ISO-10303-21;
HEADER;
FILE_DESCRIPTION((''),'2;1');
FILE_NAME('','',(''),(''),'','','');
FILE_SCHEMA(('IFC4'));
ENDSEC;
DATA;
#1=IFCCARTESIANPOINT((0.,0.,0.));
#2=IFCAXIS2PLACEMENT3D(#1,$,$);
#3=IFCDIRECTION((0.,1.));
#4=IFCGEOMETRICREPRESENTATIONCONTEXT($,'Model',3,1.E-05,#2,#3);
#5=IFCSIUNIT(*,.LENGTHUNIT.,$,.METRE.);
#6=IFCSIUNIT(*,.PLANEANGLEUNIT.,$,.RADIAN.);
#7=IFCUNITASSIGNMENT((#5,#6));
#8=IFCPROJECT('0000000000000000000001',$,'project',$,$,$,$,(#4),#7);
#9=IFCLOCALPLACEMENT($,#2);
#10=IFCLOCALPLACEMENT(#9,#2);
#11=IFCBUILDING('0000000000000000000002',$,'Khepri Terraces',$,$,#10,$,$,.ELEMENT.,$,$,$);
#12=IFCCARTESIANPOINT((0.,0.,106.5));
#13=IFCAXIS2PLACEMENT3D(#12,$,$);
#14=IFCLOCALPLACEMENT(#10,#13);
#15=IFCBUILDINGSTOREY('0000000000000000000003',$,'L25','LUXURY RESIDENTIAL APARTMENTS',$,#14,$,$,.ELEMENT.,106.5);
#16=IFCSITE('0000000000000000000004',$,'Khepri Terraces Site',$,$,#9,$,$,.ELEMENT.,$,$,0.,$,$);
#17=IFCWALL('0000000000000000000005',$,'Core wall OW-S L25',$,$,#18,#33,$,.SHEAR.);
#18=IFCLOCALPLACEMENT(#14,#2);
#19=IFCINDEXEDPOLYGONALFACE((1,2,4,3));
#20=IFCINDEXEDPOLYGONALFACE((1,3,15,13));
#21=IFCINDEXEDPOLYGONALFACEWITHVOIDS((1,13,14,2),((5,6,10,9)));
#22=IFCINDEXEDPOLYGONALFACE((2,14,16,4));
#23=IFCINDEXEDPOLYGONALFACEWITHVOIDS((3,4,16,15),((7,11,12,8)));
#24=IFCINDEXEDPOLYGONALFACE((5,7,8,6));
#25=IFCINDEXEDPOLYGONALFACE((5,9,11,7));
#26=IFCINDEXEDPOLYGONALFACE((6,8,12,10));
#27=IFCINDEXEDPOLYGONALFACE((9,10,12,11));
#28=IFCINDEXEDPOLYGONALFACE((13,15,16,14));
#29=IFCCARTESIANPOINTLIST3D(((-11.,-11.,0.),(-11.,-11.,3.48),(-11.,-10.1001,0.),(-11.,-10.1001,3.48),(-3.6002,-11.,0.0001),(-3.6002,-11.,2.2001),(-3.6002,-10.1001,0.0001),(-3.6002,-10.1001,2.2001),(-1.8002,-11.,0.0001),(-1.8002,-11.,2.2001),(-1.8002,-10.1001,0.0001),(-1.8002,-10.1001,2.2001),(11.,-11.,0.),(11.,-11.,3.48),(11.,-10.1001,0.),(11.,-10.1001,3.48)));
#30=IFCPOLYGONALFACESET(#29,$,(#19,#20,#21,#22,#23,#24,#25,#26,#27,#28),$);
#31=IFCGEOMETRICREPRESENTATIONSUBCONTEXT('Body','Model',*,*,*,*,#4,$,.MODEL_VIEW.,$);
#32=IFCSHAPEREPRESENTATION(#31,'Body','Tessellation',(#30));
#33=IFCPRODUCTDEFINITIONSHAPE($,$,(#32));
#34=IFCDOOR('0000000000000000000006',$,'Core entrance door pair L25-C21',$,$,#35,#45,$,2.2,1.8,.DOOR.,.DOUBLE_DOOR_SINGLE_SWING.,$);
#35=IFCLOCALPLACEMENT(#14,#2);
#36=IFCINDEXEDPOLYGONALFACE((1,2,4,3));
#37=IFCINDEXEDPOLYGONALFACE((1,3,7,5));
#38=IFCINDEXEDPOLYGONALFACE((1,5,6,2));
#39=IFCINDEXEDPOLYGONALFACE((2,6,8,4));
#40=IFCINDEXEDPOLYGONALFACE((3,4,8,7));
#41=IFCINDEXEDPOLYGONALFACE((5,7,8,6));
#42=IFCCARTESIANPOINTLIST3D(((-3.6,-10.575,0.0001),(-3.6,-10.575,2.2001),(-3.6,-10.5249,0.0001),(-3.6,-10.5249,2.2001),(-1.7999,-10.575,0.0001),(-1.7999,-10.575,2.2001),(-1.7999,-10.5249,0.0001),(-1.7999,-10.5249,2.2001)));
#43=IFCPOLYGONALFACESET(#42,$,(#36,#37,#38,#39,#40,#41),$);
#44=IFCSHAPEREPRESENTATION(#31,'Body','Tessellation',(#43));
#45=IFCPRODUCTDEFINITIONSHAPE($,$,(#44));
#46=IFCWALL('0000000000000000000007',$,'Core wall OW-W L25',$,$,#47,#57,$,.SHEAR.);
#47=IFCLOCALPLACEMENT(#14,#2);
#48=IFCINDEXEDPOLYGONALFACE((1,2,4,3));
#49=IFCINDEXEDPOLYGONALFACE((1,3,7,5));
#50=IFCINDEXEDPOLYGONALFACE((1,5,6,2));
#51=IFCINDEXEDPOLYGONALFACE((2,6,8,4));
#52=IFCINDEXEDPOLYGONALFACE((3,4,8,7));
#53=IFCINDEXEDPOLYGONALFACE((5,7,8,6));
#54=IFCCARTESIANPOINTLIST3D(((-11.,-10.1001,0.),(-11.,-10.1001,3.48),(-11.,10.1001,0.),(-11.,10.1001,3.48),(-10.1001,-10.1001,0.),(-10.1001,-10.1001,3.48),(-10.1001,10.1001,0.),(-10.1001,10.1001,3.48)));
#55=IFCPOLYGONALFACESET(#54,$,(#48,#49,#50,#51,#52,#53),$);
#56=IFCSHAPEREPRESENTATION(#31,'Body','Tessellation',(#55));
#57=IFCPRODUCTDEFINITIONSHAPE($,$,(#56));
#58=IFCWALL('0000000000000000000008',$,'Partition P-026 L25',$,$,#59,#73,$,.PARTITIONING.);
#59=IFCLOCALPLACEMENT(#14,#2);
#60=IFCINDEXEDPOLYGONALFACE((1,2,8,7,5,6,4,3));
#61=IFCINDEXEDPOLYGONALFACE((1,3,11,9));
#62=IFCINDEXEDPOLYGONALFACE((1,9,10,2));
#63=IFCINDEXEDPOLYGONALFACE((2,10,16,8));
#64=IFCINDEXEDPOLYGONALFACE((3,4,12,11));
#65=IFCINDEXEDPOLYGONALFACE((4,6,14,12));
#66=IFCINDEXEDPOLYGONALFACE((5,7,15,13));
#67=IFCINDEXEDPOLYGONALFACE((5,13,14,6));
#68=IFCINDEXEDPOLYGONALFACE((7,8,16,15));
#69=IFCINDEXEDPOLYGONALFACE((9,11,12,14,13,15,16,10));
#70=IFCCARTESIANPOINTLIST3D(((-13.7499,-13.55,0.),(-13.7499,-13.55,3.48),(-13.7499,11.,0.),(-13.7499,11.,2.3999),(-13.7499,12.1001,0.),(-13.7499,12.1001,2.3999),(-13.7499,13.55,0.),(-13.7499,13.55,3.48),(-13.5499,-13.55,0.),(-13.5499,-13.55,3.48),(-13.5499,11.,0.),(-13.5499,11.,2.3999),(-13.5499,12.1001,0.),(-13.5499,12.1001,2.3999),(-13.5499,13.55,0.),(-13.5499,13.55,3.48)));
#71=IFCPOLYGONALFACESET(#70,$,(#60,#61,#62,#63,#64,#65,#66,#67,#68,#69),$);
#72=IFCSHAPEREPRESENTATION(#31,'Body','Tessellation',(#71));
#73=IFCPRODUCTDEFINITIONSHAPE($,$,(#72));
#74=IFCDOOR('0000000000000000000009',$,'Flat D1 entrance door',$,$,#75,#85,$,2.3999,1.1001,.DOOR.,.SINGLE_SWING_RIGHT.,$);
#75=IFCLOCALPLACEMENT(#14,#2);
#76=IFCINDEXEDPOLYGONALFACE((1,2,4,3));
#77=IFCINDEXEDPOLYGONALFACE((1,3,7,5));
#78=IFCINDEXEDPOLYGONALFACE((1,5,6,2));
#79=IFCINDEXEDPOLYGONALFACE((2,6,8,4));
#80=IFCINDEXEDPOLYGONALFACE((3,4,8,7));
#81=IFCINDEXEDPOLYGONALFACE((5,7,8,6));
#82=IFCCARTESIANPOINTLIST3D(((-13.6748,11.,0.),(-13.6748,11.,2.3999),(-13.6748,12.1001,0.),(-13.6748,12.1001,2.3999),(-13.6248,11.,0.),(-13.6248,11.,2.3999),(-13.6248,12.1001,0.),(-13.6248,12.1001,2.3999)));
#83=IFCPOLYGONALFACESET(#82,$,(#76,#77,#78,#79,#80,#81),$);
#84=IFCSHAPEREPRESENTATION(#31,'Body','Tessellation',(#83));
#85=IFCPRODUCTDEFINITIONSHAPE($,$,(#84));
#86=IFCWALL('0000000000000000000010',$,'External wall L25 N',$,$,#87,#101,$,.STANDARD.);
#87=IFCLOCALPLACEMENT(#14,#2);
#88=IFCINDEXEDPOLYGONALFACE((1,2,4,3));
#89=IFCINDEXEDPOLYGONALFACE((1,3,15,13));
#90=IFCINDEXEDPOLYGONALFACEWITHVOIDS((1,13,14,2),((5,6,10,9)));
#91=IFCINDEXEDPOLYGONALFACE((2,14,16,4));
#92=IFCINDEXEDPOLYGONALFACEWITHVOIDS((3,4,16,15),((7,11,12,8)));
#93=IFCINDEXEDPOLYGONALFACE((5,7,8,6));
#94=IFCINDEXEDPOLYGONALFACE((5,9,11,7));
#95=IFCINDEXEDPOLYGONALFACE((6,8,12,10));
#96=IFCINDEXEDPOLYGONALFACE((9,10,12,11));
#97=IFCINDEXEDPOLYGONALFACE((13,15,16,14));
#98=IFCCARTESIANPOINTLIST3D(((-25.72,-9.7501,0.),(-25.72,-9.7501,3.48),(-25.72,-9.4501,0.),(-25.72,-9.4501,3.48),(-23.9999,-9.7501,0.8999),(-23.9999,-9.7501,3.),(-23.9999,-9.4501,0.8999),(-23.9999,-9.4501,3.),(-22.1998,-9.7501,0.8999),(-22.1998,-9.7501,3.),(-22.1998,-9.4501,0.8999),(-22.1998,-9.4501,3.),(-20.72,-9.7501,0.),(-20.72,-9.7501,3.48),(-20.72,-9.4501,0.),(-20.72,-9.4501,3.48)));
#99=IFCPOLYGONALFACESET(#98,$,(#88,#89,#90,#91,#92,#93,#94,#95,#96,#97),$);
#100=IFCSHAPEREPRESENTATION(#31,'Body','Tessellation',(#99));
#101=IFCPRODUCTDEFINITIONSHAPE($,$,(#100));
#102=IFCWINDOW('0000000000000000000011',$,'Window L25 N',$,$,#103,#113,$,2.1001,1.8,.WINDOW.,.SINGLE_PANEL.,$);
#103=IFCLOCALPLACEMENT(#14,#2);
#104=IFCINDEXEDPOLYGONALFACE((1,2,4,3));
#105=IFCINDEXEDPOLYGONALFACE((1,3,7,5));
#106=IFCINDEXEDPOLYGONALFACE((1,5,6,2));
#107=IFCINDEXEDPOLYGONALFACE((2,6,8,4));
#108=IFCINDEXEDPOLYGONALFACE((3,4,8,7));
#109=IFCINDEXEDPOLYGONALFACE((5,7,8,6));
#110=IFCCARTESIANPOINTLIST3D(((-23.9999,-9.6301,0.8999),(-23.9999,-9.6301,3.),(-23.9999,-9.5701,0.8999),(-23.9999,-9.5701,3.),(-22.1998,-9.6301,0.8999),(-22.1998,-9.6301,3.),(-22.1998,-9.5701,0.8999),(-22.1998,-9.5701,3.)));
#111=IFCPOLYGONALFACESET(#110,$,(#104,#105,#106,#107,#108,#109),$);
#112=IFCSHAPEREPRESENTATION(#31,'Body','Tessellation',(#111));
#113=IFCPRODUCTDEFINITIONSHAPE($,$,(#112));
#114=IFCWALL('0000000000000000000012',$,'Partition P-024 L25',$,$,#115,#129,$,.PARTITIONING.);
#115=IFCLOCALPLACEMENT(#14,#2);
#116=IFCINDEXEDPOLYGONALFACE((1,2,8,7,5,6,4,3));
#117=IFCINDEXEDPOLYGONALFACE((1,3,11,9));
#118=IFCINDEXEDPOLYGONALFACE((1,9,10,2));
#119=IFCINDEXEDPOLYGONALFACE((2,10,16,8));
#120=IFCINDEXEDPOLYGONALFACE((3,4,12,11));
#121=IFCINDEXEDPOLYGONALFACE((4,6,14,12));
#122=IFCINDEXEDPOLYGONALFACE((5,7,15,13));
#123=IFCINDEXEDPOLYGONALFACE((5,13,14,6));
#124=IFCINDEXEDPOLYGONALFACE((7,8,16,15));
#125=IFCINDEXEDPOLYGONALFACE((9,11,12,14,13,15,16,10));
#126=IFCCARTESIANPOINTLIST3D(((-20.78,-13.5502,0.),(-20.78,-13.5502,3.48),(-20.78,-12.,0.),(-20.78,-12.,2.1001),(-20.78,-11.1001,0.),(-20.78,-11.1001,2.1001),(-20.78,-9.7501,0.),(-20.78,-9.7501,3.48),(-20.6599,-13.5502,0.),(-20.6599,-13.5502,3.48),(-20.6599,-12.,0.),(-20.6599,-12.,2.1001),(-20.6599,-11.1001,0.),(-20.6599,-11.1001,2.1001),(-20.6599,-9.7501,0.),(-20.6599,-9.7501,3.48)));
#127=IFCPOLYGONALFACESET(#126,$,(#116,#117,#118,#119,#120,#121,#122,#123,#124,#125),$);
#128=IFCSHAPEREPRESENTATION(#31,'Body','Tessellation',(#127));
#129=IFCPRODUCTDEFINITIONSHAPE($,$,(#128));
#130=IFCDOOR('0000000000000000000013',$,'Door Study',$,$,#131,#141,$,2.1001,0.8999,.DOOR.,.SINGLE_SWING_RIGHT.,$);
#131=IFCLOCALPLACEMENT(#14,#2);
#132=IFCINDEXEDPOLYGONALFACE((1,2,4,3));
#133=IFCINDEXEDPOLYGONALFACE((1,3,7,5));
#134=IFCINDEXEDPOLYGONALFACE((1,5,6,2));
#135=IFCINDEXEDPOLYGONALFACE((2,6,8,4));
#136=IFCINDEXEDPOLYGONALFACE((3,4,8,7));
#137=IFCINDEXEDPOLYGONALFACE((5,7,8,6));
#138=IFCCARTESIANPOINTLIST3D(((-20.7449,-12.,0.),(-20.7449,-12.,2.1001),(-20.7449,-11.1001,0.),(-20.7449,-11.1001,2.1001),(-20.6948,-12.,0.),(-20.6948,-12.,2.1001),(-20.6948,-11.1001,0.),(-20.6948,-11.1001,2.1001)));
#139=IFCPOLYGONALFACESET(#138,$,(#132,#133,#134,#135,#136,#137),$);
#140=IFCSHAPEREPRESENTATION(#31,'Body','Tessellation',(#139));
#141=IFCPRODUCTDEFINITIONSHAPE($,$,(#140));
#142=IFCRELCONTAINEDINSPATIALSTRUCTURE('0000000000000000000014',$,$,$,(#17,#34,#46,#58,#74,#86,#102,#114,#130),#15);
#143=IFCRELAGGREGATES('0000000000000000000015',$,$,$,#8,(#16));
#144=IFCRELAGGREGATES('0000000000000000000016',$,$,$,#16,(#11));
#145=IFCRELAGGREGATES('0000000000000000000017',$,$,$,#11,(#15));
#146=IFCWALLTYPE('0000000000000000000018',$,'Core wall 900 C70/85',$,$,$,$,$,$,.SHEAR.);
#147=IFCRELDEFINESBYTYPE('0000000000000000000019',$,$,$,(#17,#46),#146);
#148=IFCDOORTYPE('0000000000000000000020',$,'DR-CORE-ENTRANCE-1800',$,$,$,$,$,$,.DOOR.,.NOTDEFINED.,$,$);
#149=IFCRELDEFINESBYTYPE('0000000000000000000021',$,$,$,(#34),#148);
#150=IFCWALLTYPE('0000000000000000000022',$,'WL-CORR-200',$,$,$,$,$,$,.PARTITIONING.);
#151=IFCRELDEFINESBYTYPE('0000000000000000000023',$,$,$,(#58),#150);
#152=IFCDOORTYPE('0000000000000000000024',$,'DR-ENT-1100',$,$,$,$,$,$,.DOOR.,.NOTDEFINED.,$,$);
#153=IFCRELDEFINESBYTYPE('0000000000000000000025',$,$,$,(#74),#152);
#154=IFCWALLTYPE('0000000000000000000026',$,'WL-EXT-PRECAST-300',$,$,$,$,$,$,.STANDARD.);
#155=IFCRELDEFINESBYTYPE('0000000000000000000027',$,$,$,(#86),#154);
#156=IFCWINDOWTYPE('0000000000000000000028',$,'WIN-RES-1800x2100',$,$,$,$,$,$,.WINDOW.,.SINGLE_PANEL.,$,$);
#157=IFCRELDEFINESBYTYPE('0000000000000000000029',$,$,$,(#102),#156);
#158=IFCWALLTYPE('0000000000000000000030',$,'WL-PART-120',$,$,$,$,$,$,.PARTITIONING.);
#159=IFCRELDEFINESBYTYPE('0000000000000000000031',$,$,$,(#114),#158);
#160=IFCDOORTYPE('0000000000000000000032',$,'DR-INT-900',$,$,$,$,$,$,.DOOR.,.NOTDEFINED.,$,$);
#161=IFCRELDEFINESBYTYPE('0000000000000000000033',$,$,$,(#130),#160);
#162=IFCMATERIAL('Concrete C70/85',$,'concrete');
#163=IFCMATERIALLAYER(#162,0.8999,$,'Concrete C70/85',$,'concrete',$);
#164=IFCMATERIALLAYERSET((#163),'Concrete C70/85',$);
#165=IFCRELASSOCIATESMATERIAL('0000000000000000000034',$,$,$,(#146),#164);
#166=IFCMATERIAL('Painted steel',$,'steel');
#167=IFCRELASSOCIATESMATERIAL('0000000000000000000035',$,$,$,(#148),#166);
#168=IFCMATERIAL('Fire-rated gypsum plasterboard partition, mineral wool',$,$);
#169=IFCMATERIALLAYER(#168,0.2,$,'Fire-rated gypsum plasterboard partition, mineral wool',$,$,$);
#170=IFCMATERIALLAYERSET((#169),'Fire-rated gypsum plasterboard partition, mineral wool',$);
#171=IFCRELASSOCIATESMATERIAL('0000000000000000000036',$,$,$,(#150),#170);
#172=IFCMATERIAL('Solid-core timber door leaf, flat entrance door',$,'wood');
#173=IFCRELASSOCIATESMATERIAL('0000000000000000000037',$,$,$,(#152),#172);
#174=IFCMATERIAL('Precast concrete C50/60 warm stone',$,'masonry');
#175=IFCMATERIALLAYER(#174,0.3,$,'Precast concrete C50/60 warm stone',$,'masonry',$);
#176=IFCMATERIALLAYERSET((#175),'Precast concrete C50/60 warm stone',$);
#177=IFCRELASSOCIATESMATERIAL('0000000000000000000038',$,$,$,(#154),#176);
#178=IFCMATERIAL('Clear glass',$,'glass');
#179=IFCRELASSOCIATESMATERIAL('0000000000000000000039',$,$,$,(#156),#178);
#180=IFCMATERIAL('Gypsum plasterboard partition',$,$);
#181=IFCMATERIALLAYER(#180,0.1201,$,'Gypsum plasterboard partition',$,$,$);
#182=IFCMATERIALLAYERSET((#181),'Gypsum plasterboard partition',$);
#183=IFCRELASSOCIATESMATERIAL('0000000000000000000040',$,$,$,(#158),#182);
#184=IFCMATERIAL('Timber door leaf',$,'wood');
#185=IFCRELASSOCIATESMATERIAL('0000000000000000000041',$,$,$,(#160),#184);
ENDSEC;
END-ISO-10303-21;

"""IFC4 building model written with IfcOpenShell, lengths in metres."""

from ifc_helpers import new_model, si_unit, direction, frame, frame_2d, origin, place, context, subcontext, project, spatial, rectangle, extrude, material, layer, layer_set, type_object, element, fill, save


model = new_model("IFC4")

# Units and contexts
model_context = context("Model", 3, precision=1e-05, world=origin(), true_north=direction((0.0, 1.0)))
body_context = subcontext(model_context, "Body", "Model", "MODEL_VIEW")
ifc_project = project(units=[si_unit("LENGTHUNIT", "METRE"), si_unit("PLANEANGLEUNIT", "RADIAN")], contexts=[model_context])

# Site, building, storey
site_placement = place(None, origin())
site = spatial("IfcSite", under=ifc_project, at=site_placement, Name="Khepri Terraces Site", CompositionType="ELEMENT", RefElevation=0.0)
building_placement = place(site_placement, origin())
building = spatial("IfcBuilding", under=site, at=building_placement, Name="Khepri Terraces", CompositionType="ELEMENT")
storey_placement = place(building_placement, frame((0.0, 0.0, 106.5)))
storey = spatial("IfcBuildingStorey", under=building, at=storey_placement, Name="L25", Description="LUXURY RESIDENTIAL APARTMENTS", CompositionType="ELEMENT", Elevation=106.5)

# Wall, opening, door
ifc_material_1 = material(Name="Concrete C70/85", Category="concrete")
ifc_layer_1 = layer(ifc_material_1, 0.8999, Name="Concrete C70/85", Category="concrete")
ifc_layer_set_1 = layer_set([ifc_layer_1], Name="Concrete C70/85")
wall_type_1 = type_object("IfcWallType", Name="Core wall 900 C70/85", PredefinedType="SHEAR", material=ifc_layer_set_1)
wall_1_placement = place(storey_placement, frame((-11.0, -10.55, 0.0), z_axis=(0.0, 0.0, 1.0), x_axis=(1.0, 0.0, 0.0)))
wall_1 = element("IfcWall", 1, at=wall_1_placement, inside=storey, type_object=wall_type_1, Name="Core wall OW-S L25", PredefinedType="SHEAR", context=body_context, shape_type="SweptSolid", body=[
    extrude(rectangle(XDim=22.0, YDim=0.8999, at=frame_2d((11.0, 0.0))), origin(), (0.0, 0.0, 1.0), 3.48),
])
opening_1_placement = place(wall_1_placement, frame((7.3999, 0.0, 0.0)))
opening_1 = element("IfcOpeningElement", 2, at=opening_1_placement, cuts=wall_1, PredefinedType="OPENING", context=body_context, shape_type="SweptSolid", body=[
    extrude(rectangle(XDim=1.8, YDim=2.2, at=frame_2d((0.8999, 1.1001))), frame((0.0, 0.46, 0.0), z_axis=(0.0, -1.0, 0.0), x_axis=(1.0, 0.0, 0.0)), (0.0, 0.0, 1.0), 0.9199),
])
ifc_material_2 = material(Name="Painted steel", Category="steel")
door_type_1 = type_object("IfcDoorType", Name="DR-CORE-ENTRANCE-1800", OperationType="NOTDEFINED", PredefinedType="DOOR", material=ifc_material_2)
door_1_placement = place(opening_1_placement, frame((1.8, 0.0, 0.0), z_axis=(0.0, 0.0, 1.0), x_axis=(-1.0, 0.0, 0.0)))
door_1 = element("IfcDoor", 3, at=door_1_placement, inside=storey, type_object=door_type_1, Name="Core entrance door pair L25-C21", OperationType="DOUBLE_DOOR_SINGLE_SWING", OverallHeight=2.2, OverallWidth=1.8, PredefinedType="DOOR", context=body_context, shape_type="SweptSolid", body=[
    extrude(rectangle(XDim=1.8, YDim=2.2, at=frame_2d((0.8999, 1.1001))), frame((0.0, 0.0249, 0.0), z_axis=(0.0, -1.0, 0.0), x_axis=(1.0, 0.0, 0.0)), (0.0, 0.0, 1.0), 0.05),
])
fill(opening_1, door_1)

# Wall
wall_2_placement = place(storey_placement, frame((-10.55, -10.1001, 0.0), z_axis=(0.0, 0.0, 1.0), x_axis=(0.0, 1.0, 0.0)))
element("IfcWall", 4, at=wall_2_placement, inside=storey, type_object=wall_type_1, Name="Core wall OW-W L25", PredefinedType="SHEAR", context=body_context, shape_type="SweptSolid", body=[
    extrude(rectangle(XDim=20.2002, YDim=0.8999, at=frame_2d((10.1001, 0.0))), origin(), (0.0, 0.0, 1.0), 3.48),
])

# Wall, opening, door
ifc_material_3 = material(Name="Fire-rated gypsum plasterboard partition, mineral wool")
ifc_layer_2 = layer(ifc_material_3, 0.2, Name="Fire-rated gypsum plasterboard partition, mineral wool")
ifc_layer_set_2 = layer_set([ifc_layer_2], Name="Fire-rated gypsum plasterboard partition, mineral wool")
wall_type_2 = type_object("IfcWallType", Name="WL-CORR-200", PredefinedType="PARTITIONING", material=ifc_layer_set_2)
wall_3_placement = place(storey_placement, frame((-13.6499, -13.55, 0.0), z_axis=(0.0, 0.0, 1.0), x_axis=(0.0, 1.0, 0.0)))
wall_3 = element("IfcWall", 5, at=wall_3_placement, inside=storey, type_object=wall_type_2, Name="Partition P-026 L25", PredefinedType="PARTITIONING", context=body_context, shape_type="SweptSolid", body=[
    extrude(rectangle(XDim=27.1001, YDim=0.2, at=frame_2d((13.55, 0.0))), origin(), (0.0, 0.0, 1.0), 3.48),
])
opening_2_placement = place(wall_3_placement, frame((24.55, 0.0, 0.0)))
opening_2 = element("IfcOpeningElement", 6, at=opening_2_placement, cuts=wall_3, PredefinedType="OPENING", context=body_context, shape_type="SweptSolid", body=[
    extrude(rectangle(XDim=1.1001, YDim=2.3999, at=frame_2d((0.55, 1.2))), frame((0.0, 0.1099, 0.0), z_axis=(0.0, -1.0, 0.0), x_axis=(1.0, 0.0, 0.0)), (0.0, 0.0, 1.0), 0.22),
])
ifc_material_4 = material(Name="Solid-core timber door leaf, flat entrance door", Category="wood")
door_type_2 = type_object("IfcDoorType", Name="DR-ENT-1100", OperationType="NOTDEFINED", PredefinedType="DOOR", material=ifc_material_4)
door_2_placement = place(opening_2_placement, origin())
door_2 = element("IfcDoor", 7, at=door_2_placement, inside=storey, type_object=door_type_2, Name="Flat D1 entrance door", OperationType="SINGLE_SWING_RIGHT", OverallHeight=2.3999, OverallWidth=1.1001, PredefinedType="DOOR", context=body_context, shape_type="SweptSolid", body=[
    extrude(rectangle(XDim=1.1001, YDim=2.3999, at=frame_2d((0.55, 1.2))), frame((0.0, 0.0249, 0.0), z_axis=(0.0, -1.0, 0.0), x_axis=(1.0, 0.0, 0.0)), (0.0, 0.0, 1.0), 0.05),
])
fill(opening_2, door_2)

# Wall, opening, window
ifc_material_5 = material(Name="Precast concrete C50/60 warm stone", Category="masonry")
ifc_layer_3 = layer(ifc_material_5, 0.3, Name="Precast concrete C50/60 warm stone", Category="masonry")
ifc_layer_set_3 = layer_set([ifc_layer_3], Name="Precast concrete C50/60 warm stone")
wall_type_3 = type_object("IfcWallType", Name="WL-EXT-PRECAST-300", PredefinedType="STANDARD", material=ifc_layer_set_3)
wall_4_placement = place(storey_placement, frame((-20.72, -9.6001, 0.0), z_axis=(0.0, 0.0, 1.0), x_axis=(-1.0, 0.0, 0.0)))
wall_4 = element("IfcWall", 8, at=wall_4_placement, inside=storey, type_object=wall_type_3, Name="External wall L25 N", PredefinedType="STANDARD", context=body_context, shape_type="SweptSolid", body=[
    extrude(rectangle(XDim=5.0, YDim=0.3, at=frame_2d((2.5, 0.0))), origin(), (0.0, 0.0, 1.0), 3.48),
])
opening_3_placement = place(wall_4_placement, frame((1.48, 0.0, 0.8999)))
opening_3 = element("IfcOpeningElement", 9, at=opening_3_placement, cuts=wall_4, PredefinedType="OPENING", context=body_context, shape_type="SweptSolid", body=[
    extrude(rectangle(XDim=1.8, YDim=2.1001, at=frame_2d((0.8999, 1.05))), frame((0.0, 0.1602, 0.0), z_axis=(0.0, -1.0, 0.0), x_axis=(1.0, 0.0, 0.0)), (0.0, 0.0, 1.0), 0.3201),
])
ifc_material_6 = material(Name="Clear glass", Category="glass")
window_type = type_object("IfcWindowType", Name="WIN-RES-1800x2100", PartitioningType="SINGLE_PANEL", PredefinedType="WINDOW", material=ifc_material_6)
window_1_placement = place(opening_3_placement, origin())
window_1 = element("IfcWindow", 10, at=window_1_placement, inside=storey, type_object=window_type, Name="Window L25 N", OverallHeight=2.1001, OverallWidth=1.8, PartitioningType="SINGLE_PANEL", PredefinedType="WINDOW", context=body_context, shape_type="SweptSolid", body=[
    extrude(rectangle(XDim=1.8, YDim=2.1001, at=frame_2d((0.8999, 1.05))), frame((0.0, 0.03, 0.0), z_axis=(0.0, -1.0, 0.0), x_axis=(1.0, 0.0, 0.0)), (0.0, 0.0, 1.0), 0.0601),
])
fill(opening_3, window_1)

# Wall, opening, door
ifc_material_7 = material(Name="Gypsum plasterboard partition")
ifc_layer_4 = layer(ifc_material_7, 0.1201, Name="Gypsum plasterboard partition")
ifc_layer_set_4 = layer_set([ifc_layer_4], Name="Gypsum plasterboard partition")
wall_type_4 = type_object("IfcWallType", Name="WL-PART-120", PredefinedType="PARTITIONING", material=ifc_layer_set_4)
wall_5_placement = place(storey_placement, frame((-20.72, -13.55, 0.0), z_axis=(0.0, 0.0, 1.0), x_axis=(0.0, 1.0, 0.0)))
wall_5 = element("IfcWall", 11, at=wall_5_placement, inside=storey, type_object=wall_type_4, Name="Partition P-024 L25", PredefinedType="PARTITIONING", context=body_context, shape_type="SweptSolid", body=[
    extrude(rectangle(XDim=3.8, YDim=0.1201, at=frame_2d((1.8999, 0.0))), origin(), (0.0, 0.0, 1.0), 3.48),
])
opening_4_placement = place(wall_5_placement, frame((1.55, 0.0, 0.0)))
opening_4 = element("IfcOpeningElement", 12, at=opening_4_placement, cuts=wall_5, PredefinedType="OPENING", context=body_context, shape_type="SweptSolid", body=[
    extrude(rectangle(XDim=0.8999, YDim=2.1001, at=frame_2d((0.45, 1.05))), frame((0.0, 0.0701, 0.0), z_axis=(0.0, -1.0, 0.0), x_axis=(1.0, 0.0, 0.0)), (0.0, 0.0, 1.0), 0.1401),
])
ifc_material_8 = material(Name="Timber door leaf", Category="wood")
door_type_3 = type_object("IfcDoorType", Name="DR-INT-900", OperationType="NOTDEFINED", PredefinedType="DOOR", material=ifc_material_8)
door_3_placement = place(opening_4_placement, origin())
door_3 = element("IfcDoor", 13, at=door_3_placement, inside=storey, type_object=door_type_3, Name="Door Study", OperationType="SINGLE_SWING_RIGHT", OverallHeight=2.1001, OverallWidth=0.8999, PredefinedType="DOOR", context=body_context, shape_type="SweptSolid", body=[
    extrude(rectangle(XDim=0.8999, YDim=2.1001, at=frame_2d((0.45, 1.05))), frame((0.0, 0.0249, 0.0), z_axis=(0.0, -1.0, 0.0), x_axis=(1.0, 0.0, 0.0)), (0.0, 0.0, 1.0), 0.05),
])
fill(opening_4, door_3)

save(model, "model.ifc")
